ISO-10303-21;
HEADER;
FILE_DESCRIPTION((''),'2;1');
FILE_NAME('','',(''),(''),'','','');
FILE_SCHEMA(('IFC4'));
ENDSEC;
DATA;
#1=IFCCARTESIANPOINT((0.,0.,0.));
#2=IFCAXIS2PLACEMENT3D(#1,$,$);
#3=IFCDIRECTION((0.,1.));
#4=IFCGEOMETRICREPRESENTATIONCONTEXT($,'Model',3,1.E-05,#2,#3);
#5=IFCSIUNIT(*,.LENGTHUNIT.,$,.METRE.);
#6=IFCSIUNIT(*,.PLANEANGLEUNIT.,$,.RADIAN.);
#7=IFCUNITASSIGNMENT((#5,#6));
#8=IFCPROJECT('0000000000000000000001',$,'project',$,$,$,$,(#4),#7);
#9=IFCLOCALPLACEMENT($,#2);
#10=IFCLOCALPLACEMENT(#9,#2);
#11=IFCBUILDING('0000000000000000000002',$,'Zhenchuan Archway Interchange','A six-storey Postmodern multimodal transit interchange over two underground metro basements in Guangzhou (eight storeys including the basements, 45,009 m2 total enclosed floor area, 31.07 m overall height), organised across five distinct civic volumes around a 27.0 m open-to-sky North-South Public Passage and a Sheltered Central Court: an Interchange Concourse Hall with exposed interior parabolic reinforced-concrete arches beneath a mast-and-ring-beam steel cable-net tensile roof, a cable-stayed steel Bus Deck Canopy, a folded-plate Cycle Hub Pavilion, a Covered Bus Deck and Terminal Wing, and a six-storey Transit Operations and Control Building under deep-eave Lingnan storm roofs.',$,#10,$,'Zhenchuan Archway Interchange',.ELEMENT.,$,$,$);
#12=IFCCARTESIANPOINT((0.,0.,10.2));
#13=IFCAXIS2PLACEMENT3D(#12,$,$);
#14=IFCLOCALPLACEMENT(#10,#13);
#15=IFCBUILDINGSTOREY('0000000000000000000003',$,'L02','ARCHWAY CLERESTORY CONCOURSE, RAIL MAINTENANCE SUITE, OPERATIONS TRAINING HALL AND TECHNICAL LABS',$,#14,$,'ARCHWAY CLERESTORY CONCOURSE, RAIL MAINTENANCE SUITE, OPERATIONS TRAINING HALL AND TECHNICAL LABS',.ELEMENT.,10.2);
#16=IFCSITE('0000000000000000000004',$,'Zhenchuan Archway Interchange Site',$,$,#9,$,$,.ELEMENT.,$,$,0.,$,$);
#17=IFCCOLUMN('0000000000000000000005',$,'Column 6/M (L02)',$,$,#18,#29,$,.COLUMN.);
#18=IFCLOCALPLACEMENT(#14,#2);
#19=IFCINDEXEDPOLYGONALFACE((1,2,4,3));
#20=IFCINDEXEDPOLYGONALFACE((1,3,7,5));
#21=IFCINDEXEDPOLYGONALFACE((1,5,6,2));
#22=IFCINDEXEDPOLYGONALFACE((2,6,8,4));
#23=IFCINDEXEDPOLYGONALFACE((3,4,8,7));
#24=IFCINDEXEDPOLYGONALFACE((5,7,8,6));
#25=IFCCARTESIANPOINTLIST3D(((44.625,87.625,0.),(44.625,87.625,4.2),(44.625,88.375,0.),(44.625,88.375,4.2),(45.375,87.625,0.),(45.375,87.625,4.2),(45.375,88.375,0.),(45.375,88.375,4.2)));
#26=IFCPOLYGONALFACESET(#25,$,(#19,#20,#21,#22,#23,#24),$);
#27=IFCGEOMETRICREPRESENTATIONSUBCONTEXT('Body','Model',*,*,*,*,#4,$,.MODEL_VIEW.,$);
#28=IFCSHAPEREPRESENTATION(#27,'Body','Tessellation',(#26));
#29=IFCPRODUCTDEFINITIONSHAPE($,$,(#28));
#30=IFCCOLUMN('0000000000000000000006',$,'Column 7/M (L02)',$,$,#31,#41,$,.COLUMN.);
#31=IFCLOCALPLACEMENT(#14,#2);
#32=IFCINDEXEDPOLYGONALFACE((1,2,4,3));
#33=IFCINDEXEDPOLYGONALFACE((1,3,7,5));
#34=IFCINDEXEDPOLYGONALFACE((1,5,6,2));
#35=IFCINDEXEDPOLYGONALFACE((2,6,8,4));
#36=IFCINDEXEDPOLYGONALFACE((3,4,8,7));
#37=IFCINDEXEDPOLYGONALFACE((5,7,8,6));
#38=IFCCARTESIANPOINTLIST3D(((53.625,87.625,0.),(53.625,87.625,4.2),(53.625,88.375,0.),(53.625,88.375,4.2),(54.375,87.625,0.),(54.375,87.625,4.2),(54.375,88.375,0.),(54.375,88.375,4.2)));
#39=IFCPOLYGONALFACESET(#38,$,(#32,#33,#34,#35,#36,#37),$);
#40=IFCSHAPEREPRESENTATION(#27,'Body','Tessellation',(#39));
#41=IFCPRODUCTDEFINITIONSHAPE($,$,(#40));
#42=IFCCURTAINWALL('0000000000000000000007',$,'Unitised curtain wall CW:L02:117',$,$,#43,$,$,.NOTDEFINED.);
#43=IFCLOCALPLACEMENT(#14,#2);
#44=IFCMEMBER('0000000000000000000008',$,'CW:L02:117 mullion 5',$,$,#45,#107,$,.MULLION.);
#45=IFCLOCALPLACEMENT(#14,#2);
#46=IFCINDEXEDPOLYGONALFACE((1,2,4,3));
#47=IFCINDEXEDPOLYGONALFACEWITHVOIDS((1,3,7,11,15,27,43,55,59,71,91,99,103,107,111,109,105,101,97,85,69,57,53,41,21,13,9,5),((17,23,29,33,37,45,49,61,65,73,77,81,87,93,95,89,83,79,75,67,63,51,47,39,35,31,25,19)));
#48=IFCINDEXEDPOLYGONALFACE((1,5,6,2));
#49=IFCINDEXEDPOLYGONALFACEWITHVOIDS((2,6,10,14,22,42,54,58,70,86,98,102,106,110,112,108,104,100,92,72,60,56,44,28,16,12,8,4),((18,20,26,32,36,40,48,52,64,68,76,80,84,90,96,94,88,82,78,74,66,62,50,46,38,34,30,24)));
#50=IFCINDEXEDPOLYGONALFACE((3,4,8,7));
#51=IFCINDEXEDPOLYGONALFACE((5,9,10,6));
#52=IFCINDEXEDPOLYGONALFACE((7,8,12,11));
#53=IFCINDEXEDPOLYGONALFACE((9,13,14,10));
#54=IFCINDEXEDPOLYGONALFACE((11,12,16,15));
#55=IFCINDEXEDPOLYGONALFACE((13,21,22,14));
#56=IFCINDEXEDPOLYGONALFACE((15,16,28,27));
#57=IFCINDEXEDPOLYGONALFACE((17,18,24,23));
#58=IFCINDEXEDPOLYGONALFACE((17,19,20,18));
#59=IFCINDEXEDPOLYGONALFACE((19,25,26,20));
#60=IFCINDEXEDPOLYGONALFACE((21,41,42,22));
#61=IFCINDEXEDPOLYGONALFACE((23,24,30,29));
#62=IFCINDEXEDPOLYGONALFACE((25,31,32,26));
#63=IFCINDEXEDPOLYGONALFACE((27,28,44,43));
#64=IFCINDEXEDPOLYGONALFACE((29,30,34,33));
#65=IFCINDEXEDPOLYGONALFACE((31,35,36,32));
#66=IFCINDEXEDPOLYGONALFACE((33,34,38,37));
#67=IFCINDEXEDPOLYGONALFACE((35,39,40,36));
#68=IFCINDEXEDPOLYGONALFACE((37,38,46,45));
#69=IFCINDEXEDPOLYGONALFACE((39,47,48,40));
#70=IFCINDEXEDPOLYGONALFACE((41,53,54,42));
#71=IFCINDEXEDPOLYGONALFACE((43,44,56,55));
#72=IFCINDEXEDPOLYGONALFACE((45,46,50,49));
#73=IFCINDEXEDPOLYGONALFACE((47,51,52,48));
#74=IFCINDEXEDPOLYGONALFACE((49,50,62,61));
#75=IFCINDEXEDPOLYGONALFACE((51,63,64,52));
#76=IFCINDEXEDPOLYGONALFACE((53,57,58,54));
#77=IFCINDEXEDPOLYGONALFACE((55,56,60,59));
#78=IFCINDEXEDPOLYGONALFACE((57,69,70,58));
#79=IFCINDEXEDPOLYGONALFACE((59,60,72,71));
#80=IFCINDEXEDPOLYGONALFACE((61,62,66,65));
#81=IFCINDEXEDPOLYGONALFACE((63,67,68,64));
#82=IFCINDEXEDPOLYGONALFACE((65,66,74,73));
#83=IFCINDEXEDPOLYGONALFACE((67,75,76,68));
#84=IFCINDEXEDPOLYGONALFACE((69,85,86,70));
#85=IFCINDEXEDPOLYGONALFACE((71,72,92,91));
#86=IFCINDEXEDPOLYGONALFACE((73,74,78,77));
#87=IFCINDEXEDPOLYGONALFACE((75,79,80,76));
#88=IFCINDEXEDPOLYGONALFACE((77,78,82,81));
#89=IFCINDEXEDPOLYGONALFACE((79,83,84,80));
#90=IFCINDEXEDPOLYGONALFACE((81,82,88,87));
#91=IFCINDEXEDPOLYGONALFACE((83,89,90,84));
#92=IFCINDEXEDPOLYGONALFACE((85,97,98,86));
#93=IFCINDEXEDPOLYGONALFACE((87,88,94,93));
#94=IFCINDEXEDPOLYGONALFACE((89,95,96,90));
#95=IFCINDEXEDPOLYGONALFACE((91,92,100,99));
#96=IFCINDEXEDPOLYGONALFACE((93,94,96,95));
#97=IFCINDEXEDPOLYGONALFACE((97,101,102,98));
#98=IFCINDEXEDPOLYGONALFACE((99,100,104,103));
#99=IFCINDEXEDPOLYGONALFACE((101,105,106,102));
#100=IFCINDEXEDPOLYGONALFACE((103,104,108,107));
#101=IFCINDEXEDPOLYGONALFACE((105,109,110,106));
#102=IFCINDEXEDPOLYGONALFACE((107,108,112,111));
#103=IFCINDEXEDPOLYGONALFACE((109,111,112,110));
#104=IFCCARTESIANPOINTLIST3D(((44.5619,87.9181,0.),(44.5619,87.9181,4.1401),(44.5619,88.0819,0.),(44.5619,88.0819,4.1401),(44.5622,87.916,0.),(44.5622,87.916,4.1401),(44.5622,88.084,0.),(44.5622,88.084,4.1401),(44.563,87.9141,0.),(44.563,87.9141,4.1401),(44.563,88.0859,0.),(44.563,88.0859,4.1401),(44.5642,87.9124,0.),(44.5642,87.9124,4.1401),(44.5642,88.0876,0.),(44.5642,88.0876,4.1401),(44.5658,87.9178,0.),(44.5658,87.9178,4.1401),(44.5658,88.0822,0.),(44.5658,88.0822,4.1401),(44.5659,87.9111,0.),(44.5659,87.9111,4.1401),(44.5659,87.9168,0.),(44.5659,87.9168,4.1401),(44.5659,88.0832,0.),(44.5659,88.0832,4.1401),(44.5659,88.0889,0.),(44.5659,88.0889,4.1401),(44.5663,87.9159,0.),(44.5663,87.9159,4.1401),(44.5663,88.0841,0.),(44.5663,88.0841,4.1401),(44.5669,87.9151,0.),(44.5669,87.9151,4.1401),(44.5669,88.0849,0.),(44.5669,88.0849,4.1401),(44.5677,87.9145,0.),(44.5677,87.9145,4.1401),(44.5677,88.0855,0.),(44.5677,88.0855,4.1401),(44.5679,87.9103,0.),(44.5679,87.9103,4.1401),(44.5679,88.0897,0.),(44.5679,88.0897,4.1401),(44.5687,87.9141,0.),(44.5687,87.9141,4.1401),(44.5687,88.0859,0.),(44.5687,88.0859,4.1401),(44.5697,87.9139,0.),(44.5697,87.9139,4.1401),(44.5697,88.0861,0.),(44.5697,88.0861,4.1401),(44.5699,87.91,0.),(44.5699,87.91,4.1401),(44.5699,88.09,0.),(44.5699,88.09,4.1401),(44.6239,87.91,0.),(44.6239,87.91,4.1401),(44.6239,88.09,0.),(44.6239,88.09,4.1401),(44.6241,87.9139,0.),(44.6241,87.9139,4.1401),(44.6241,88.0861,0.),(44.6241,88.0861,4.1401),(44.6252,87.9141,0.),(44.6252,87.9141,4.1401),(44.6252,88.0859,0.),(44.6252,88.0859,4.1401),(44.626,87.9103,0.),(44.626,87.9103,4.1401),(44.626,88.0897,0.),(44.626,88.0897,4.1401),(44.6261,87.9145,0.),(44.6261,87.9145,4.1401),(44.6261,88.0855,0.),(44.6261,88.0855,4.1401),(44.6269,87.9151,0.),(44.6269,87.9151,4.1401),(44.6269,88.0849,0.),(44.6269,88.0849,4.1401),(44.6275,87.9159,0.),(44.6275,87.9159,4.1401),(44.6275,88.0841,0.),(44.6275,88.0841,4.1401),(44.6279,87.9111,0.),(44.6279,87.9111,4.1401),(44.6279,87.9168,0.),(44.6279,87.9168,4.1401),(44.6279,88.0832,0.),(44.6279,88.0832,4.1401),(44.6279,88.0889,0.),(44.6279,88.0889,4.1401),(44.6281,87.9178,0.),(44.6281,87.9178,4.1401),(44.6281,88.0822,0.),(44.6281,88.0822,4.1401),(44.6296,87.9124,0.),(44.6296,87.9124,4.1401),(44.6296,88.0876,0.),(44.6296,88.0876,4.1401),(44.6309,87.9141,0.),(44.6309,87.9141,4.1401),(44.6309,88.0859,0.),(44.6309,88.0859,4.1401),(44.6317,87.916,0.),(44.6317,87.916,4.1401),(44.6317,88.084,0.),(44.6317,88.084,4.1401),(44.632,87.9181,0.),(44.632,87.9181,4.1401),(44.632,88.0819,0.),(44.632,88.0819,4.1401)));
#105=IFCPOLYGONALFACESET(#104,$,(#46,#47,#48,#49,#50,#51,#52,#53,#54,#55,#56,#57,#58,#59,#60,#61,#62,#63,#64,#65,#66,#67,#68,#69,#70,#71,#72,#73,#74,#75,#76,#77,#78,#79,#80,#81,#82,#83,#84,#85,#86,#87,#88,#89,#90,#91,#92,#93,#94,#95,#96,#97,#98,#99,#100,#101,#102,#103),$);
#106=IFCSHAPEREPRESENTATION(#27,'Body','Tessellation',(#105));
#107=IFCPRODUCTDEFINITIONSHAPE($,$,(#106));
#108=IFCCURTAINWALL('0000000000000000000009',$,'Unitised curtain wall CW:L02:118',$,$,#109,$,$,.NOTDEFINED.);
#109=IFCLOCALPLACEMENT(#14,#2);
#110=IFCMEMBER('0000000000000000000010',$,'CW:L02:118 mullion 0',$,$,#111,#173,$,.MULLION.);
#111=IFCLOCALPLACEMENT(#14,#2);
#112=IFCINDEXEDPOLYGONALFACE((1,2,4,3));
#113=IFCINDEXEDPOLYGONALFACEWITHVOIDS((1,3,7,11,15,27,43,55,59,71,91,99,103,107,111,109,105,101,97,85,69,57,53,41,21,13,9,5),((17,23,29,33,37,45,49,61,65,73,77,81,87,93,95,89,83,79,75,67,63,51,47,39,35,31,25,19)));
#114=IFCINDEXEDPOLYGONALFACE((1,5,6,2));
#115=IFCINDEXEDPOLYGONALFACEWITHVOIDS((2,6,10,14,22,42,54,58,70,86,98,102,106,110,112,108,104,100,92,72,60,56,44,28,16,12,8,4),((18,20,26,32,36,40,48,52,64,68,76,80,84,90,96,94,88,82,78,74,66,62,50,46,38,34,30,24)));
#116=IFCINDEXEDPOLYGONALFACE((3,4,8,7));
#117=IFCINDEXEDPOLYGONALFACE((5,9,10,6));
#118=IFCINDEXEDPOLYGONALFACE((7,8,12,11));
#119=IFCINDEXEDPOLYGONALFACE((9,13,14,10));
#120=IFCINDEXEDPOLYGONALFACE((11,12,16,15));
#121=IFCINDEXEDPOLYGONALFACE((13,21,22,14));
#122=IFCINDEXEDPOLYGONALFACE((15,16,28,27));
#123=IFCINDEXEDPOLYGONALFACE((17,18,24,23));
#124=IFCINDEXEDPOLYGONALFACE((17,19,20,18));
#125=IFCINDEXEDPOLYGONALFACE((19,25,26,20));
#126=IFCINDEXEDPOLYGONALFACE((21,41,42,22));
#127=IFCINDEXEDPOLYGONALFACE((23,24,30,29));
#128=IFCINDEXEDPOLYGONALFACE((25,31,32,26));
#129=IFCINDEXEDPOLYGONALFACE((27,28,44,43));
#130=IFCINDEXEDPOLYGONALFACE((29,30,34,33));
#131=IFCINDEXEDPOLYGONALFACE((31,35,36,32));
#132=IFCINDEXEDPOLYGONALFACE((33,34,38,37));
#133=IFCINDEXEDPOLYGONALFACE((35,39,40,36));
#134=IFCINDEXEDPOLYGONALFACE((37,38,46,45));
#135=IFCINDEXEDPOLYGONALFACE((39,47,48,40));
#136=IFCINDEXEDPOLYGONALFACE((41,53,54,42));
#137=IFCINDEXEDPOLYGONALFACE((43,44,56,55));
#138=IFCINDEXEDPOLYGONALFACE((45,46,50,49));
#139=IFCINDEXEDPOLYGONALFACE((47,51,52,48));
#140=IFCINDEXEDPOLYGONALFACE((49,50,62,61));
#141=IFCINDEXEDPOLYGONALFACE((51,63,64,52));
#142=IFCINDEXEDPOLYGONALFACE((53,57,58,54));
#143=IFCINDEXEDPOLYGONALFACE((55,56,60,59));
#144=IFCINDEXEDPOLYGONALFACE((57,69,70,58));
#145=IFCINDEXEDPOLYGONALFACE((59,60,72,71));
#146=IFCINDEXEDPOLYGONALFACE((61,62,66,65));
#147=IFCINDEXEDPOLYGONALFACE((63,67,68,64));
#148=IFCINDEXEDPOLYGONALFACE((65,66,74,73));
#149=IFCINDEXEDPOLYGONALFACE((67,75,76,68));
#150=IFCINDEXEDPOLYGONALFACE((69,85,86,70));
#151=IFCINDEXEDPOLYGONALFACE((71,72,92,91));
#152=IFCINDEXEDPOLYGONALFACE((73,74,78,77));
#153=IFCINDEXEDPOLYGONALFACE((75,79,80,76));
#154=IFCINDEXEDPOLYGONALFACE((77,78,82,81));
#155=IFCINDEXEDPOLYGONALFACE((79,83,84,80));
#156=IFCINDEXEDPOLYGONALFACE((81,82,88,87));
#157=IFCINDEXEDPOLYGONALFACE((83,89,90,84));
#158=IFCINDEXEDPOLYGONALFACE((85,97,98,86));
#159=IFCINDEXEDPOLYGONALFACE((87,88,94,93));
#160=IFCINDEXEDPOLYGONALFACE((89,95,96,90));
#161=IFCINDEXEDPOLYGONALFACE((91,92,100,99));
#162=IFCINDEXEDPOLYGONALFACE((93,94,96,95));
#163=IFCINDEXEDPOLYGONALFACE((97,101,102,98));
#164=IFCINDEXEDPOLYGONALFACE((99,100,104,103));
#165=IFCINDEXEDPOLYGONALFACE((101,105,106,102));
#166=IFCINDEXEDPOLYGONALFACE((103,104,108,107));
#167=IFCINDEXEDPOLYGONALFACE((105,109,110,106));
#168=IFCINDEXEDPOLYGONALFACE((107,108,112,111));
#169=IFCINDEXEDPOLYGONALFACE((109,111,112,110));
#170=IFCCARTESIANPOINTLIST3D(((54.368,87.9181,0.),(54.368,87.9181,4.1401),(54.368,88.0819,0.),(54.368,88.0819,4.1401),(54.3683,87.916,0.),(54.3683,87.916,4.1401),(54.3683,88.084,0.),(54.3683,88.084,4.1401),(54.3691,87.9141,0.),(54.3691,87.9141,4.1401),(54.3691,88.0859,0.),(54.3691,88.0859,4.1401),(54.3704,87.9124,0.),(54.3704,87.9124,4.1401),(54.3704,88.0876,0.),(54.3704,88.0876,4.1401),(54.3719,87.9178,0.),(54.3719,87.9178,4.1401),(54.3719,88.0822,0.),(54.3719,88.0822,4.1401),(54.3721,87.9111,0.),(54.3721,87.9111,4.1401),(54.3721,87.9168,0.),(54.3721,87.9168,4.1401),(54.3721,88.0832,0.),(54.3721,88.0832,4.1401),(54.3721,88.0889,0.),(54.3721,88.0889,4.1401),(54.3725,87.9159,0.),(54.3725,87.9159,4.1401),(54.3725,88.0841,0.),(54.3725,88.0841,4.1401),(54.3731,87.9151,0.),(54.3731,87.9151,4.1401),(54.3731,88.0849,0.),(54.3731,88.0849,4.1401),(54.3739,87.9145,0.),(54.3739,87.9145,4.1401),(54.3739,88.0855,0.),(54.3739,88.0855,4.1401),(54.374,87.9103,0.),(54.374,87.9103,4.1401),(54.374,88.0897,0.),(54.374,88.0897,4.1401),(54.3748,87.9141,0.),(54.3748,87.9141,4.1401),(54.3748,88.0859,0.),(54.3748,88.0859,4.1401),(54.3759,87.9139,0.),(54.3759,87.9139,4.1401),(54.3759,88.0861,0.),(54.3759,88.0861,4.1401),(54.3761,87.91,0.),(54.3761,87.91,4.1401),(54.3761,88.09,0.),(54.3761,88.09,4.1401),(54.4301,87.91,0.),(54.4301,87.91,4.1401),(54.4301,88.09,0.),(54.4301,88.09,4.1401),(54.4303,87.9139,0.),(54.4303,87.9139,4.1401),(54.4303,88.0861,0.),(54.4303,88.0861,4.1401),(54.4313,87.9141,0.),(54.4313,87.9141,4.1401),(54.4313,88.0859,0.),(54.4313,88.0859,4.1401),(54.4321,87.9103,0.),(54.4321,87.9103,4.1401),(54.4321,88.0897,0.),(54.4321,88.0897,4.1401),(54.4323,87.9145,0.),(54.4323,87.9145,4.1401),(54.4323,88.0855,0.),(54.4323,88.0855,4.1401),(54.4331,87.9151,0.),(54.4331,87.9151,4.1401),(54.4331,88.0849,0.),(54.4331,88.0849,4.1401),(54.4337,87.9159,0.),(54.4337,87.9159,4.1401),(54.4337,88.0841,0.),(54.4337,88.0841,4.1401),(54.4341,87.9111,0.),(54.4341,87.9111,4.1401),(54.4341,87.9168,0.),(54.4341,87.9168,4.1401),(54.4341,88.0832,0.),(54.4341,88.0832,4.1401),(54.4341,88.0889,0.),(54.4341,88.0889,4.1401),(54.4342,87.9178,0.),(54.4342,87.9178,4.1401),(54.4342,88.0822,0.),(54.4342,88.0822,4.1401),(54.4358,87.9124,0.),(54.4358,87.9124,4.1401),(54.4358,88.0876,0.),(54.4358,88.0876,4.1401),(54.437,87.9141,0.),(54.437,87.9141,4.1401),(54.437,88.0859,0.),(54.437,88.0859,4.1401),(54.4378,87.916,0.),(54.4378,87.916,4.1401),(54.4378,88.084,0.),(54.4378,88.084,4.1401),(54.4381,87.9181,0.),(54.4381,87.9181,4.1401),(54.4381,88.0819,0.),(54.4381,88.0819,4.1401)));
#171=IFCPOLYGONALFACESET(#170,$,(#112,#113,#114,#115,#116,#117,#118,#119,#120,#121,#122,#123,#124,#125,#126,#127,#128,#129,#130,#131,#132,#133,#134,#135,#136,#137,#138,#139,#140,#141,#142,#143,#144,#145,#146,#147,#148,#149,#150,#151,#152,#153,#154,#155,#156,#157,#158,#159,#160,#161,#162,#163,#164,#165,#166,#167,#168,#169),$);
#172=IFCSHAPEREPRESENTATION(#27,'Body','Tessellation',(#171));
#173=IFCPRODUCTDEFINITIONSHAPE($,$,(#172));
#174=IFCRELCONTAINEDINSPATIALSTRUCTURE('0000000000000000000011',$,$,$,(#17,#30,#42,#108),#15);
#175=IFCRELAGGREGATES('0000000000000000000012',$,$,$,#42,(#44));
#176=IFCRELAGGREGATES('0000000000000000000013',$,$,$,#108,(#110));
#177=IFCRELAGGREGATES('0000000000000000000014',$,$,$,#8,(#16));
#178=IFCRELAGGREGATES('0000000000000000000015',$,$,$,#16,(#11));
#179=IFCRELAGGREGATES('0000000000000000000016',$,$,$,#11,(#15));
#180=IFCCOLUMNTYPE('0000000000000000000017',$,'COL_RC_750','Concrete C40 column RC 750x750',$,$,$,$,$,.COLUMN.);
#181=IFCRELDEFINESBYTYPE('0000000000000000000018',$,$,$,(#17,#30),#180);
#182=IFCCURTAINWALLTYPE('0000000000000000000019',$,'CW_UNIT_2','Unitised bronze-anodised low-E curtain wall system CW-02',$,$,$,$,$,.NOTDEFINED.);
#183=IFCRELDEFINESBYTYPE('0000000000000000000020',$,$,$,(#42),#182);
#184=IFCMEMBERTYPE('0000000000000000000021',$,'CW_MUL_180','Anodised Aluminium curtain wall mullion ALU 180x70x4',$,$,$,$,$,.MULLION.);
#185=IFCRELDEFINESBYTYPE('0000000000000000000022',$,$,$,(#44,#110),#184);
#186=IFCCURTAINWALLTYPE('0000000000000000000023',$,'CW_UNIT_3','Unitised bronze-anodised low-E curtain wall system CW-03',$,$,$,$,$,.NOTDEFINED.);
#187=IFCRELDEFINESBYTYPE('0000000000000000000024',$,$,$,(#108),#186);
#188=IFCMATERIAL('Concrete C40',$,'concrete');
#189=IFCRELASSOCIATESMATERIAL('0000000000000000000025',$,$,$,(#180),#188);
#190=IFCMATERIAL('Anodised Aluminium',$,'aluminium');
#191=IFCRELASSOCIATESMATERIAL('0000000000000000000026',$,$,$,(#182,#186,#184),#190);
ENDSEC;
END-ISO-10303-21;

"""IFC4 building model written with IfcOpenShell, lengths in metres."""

from ifc_helpers import new_model, si_unit, direction, frame, origin, origin_2d, place, context, subcontext, project, spatial, rectangle, hollow_rectangle, extrude, material, material_profile, profile_set, type_object, element, aggregate, save


model = new_model("IFC4")

# Units and contexts
model_context = context("Model", 3, precision=1e-05, world=origin(), true_north=direction((0.0, 1.0)))
body_context = subcontext(model_context, "Body", "Model", "MODEL_VIEW")
ifc_project = project(units=[si_unit("LENGTHUNIT", "METRE"), si_unit("PLANEANGLEUNIT", "RADIAN")], contexts=[model_context])

# Site, building, storey
site_placement = place(None, origin())
site = spatial("IfcSite", under=ifc_project, at=site_placement, Name="Zhenchuan Archway Interchange Site", CompositionType="ELEMENT", RefElevation=0.0)
building_placement = place(site_placement, origin())
building = spatial("IfcBuilding", under=site, at=building_placement, Name="Zhenchuan Archway Interchange", Description="A six-storey Postmodern multimodal transit interchange over two underground metro basements in Guangzhou (eight storeys including the basements, 45,009 m2 total enclosed floor area, 31.07 m overall height), organised across five distinct civic volumes around a 27.0 m open-to-sky North-South Public Passage and a Sheltered Central Court: an Interchange Concourse Hall with exposed interior parabolic reinforced-concrete arches beneath a mast-and-ring-beam steel cable-net tensile roof, a cable-stayed steel Bus Deck Canopy, a folded-plate Cycle Hub Pavilion, a Covered Bus Deck and Terminal Wing, and a six-storey Transit Operations and Control Building under deep-eave Lingnan storm roofs.", LongName="Zhenchuan Archway Interchange", CompositionType="ELEMENT")
storey_placement = place(building_placement, frame((0.0, 0.0, 10.2)))
storey = spatial("IfcBuildingStorey", under=building, at=storey_placement, Name="L02", Description="ARCHWAY CLERESTORY CONCOURSE, RAIL MAINTENANCE SUITE, OPERATIONS TRAINING HALL AND TECHNICAL LABS", LongName="ARCHWAY CLERESTORY CONCOURSE, RAIL MAINTENANCE SUITE, OPERATIONS TRAINING HALL AND TECHNICAL LABS", CompositionType="ELEMENT", Elevation=10.2)

# Columns
ifc_material_1 = material(Name="Concrete C40", Category="concrete")
ifc_material_profile_1 = material_profile(ifc_material_1, rectangle(XDim=0.75, YDim=0.75, at=origin_2d()), Name="RC 750x750")
ifc_profile_set_1 = profile_set([ifc_material_profile_1], Name="Concrete C40")
column_type = type_object("IfcColumnType", Name="COL_RC_750", Description="Concrete C40 column RC 750x750", PredefinedType="COLUMN", material=ifc_profile_set_1)
for number, where, z_axis, x_axis, name in (
    (1, (45.0, 88.0, 0.0), (0.0, 0.0, 1.0), (1.0, 0.0, 0.0), "Column 6/M (L02)"),
    (2, (54.0, 88.0, 0.0), (0.0, 0.0, 1.0), (1.0, 0.0, 0.0), "Column 7/M (L02)"),
):
    element("IfcColumn", number, at=place(storey_placement, frame(where, z_axis=z_axis, x_axis=x_axis)), inside=storey, type_object=column_type, Name=name, PredefinedType="COLUMN", context=body_context, shape_type="SweptSolid", body=[
        extrude(rectangle(XDim=0.75, YDim=0.75, at=origin_2d()), origin(), (0.0, 0.0, 1.0), 4.2),
    ])

# Curtain wall, member
ifc_material_2 = material(Name="Anodised Aluminium", Category="aluminium")
curtain_wall_type_1 = type_object("IfcCurtainWallType", Name="CW_UNIT_2", Description="Unitised bronze-anodised low-E curtain wall system CW-02", PredefinedType="NOTDEFINED", material=ifc_material_2)
curtain_wall_1_placement = place(storey_placement, origin())
curtain_wall_1 = element("IfcCurtainWall", 3, at=curtain_wall_1_placement, inside=storey, type_object=curtain_wall_type_1, Name="Unitised curtain wall CW:L02:117", PredefinedType="NOTDEFINED")
ifc_material_profile_2 = material_profile(ifc_material_2, hollow_rectangle(XDim=0.0701, YDim=0.1799, WallThickness=0.0039, InnerFilletRadius=0.0039, OuterFilletRadius=0.0081, at=origin_2d()), Name="ALU 180x70x4")
ifc_profile_set_2 = profile_set([ifc_material_profile_2], Name="Anodised Aluminium")
member_type_1 = type_object("IfcMemberType", Name="CW_MUL_180", Description="Anodised Aluminium curtain wall mullion ALU 180x70x4", PredefinedType="MULLION", material=ifc_profile_set_2)
member_1_placement = place(storey_placement, frame((44.5969, 88.0, 0.0), z_axis=(0.0, 0.0, 1.0), x_axis=(1.0, 0.0, 0.0)))
member_1 = element("IfcMember", 4, at=member_1_placement, type_object=member_type_1, Name="CW:L02:117 mullion 5", PredefinedType="MULLION", context=body_context, shape_type="SweptSolid", body=[
    extrude(hollow_rectangle(XDim=0.0701, YDim=0.1799, WallThickness=0.0039, InnerFilletRadius=0.0039, OuterFilletRadius=0.0081, at=origin_2d()), origin(), (0.0, 0.0, 1.0), 4.1401),
])

# Curtain wall, member
curtain_wall_type_2 = type_object("IfcCurtainWallType", Name="CW_UNIT_3", Description="Unitised bronze-anodised low-E curtain wall system CW-03", PredefinedType="NOTDEFINED", material=ifc_material_2)
curtain_wall_2_placement = place(storey_placement, origin())
curtain_wall_2 = element("IfcCurtainWall", 5, at=curtain_wall_2_placement, inside=storey, type_object=curtain_wall_type_2, Name="Unitised curtain wall CW:L02:118", PredefinedType="NOTDEFINED")
member_2_placement = place(storey_placement, frame((54.4031, 88.0, 0.0), z_axis=(0.0, 0.0, 1.0), x_axis=(1.0, 0.0, 0.0)))
member_2 = element("IfcMember", 6, at=member_2_placement, type_object=member_type_1, Name="CW:L02:118 mullion 0", PredefinedType="MULLION", context=body_context, shape_type="SweptSolid", body=[
    extrude(hollow_rectangle(XDim=0.0701, YDim=0.1799, WallThickness=0.0039, InnerFilletRadius=0.0039, OuterFilletRadius=0.0081, at=origin_2d()), origin(), (0.0, 0.0, 1.0), 4.1401),
])

aggregate(curtain_wall_1, [member_1])
aggregate(curtain_wall_2, [member_2])

save(model, "model.ifc")
